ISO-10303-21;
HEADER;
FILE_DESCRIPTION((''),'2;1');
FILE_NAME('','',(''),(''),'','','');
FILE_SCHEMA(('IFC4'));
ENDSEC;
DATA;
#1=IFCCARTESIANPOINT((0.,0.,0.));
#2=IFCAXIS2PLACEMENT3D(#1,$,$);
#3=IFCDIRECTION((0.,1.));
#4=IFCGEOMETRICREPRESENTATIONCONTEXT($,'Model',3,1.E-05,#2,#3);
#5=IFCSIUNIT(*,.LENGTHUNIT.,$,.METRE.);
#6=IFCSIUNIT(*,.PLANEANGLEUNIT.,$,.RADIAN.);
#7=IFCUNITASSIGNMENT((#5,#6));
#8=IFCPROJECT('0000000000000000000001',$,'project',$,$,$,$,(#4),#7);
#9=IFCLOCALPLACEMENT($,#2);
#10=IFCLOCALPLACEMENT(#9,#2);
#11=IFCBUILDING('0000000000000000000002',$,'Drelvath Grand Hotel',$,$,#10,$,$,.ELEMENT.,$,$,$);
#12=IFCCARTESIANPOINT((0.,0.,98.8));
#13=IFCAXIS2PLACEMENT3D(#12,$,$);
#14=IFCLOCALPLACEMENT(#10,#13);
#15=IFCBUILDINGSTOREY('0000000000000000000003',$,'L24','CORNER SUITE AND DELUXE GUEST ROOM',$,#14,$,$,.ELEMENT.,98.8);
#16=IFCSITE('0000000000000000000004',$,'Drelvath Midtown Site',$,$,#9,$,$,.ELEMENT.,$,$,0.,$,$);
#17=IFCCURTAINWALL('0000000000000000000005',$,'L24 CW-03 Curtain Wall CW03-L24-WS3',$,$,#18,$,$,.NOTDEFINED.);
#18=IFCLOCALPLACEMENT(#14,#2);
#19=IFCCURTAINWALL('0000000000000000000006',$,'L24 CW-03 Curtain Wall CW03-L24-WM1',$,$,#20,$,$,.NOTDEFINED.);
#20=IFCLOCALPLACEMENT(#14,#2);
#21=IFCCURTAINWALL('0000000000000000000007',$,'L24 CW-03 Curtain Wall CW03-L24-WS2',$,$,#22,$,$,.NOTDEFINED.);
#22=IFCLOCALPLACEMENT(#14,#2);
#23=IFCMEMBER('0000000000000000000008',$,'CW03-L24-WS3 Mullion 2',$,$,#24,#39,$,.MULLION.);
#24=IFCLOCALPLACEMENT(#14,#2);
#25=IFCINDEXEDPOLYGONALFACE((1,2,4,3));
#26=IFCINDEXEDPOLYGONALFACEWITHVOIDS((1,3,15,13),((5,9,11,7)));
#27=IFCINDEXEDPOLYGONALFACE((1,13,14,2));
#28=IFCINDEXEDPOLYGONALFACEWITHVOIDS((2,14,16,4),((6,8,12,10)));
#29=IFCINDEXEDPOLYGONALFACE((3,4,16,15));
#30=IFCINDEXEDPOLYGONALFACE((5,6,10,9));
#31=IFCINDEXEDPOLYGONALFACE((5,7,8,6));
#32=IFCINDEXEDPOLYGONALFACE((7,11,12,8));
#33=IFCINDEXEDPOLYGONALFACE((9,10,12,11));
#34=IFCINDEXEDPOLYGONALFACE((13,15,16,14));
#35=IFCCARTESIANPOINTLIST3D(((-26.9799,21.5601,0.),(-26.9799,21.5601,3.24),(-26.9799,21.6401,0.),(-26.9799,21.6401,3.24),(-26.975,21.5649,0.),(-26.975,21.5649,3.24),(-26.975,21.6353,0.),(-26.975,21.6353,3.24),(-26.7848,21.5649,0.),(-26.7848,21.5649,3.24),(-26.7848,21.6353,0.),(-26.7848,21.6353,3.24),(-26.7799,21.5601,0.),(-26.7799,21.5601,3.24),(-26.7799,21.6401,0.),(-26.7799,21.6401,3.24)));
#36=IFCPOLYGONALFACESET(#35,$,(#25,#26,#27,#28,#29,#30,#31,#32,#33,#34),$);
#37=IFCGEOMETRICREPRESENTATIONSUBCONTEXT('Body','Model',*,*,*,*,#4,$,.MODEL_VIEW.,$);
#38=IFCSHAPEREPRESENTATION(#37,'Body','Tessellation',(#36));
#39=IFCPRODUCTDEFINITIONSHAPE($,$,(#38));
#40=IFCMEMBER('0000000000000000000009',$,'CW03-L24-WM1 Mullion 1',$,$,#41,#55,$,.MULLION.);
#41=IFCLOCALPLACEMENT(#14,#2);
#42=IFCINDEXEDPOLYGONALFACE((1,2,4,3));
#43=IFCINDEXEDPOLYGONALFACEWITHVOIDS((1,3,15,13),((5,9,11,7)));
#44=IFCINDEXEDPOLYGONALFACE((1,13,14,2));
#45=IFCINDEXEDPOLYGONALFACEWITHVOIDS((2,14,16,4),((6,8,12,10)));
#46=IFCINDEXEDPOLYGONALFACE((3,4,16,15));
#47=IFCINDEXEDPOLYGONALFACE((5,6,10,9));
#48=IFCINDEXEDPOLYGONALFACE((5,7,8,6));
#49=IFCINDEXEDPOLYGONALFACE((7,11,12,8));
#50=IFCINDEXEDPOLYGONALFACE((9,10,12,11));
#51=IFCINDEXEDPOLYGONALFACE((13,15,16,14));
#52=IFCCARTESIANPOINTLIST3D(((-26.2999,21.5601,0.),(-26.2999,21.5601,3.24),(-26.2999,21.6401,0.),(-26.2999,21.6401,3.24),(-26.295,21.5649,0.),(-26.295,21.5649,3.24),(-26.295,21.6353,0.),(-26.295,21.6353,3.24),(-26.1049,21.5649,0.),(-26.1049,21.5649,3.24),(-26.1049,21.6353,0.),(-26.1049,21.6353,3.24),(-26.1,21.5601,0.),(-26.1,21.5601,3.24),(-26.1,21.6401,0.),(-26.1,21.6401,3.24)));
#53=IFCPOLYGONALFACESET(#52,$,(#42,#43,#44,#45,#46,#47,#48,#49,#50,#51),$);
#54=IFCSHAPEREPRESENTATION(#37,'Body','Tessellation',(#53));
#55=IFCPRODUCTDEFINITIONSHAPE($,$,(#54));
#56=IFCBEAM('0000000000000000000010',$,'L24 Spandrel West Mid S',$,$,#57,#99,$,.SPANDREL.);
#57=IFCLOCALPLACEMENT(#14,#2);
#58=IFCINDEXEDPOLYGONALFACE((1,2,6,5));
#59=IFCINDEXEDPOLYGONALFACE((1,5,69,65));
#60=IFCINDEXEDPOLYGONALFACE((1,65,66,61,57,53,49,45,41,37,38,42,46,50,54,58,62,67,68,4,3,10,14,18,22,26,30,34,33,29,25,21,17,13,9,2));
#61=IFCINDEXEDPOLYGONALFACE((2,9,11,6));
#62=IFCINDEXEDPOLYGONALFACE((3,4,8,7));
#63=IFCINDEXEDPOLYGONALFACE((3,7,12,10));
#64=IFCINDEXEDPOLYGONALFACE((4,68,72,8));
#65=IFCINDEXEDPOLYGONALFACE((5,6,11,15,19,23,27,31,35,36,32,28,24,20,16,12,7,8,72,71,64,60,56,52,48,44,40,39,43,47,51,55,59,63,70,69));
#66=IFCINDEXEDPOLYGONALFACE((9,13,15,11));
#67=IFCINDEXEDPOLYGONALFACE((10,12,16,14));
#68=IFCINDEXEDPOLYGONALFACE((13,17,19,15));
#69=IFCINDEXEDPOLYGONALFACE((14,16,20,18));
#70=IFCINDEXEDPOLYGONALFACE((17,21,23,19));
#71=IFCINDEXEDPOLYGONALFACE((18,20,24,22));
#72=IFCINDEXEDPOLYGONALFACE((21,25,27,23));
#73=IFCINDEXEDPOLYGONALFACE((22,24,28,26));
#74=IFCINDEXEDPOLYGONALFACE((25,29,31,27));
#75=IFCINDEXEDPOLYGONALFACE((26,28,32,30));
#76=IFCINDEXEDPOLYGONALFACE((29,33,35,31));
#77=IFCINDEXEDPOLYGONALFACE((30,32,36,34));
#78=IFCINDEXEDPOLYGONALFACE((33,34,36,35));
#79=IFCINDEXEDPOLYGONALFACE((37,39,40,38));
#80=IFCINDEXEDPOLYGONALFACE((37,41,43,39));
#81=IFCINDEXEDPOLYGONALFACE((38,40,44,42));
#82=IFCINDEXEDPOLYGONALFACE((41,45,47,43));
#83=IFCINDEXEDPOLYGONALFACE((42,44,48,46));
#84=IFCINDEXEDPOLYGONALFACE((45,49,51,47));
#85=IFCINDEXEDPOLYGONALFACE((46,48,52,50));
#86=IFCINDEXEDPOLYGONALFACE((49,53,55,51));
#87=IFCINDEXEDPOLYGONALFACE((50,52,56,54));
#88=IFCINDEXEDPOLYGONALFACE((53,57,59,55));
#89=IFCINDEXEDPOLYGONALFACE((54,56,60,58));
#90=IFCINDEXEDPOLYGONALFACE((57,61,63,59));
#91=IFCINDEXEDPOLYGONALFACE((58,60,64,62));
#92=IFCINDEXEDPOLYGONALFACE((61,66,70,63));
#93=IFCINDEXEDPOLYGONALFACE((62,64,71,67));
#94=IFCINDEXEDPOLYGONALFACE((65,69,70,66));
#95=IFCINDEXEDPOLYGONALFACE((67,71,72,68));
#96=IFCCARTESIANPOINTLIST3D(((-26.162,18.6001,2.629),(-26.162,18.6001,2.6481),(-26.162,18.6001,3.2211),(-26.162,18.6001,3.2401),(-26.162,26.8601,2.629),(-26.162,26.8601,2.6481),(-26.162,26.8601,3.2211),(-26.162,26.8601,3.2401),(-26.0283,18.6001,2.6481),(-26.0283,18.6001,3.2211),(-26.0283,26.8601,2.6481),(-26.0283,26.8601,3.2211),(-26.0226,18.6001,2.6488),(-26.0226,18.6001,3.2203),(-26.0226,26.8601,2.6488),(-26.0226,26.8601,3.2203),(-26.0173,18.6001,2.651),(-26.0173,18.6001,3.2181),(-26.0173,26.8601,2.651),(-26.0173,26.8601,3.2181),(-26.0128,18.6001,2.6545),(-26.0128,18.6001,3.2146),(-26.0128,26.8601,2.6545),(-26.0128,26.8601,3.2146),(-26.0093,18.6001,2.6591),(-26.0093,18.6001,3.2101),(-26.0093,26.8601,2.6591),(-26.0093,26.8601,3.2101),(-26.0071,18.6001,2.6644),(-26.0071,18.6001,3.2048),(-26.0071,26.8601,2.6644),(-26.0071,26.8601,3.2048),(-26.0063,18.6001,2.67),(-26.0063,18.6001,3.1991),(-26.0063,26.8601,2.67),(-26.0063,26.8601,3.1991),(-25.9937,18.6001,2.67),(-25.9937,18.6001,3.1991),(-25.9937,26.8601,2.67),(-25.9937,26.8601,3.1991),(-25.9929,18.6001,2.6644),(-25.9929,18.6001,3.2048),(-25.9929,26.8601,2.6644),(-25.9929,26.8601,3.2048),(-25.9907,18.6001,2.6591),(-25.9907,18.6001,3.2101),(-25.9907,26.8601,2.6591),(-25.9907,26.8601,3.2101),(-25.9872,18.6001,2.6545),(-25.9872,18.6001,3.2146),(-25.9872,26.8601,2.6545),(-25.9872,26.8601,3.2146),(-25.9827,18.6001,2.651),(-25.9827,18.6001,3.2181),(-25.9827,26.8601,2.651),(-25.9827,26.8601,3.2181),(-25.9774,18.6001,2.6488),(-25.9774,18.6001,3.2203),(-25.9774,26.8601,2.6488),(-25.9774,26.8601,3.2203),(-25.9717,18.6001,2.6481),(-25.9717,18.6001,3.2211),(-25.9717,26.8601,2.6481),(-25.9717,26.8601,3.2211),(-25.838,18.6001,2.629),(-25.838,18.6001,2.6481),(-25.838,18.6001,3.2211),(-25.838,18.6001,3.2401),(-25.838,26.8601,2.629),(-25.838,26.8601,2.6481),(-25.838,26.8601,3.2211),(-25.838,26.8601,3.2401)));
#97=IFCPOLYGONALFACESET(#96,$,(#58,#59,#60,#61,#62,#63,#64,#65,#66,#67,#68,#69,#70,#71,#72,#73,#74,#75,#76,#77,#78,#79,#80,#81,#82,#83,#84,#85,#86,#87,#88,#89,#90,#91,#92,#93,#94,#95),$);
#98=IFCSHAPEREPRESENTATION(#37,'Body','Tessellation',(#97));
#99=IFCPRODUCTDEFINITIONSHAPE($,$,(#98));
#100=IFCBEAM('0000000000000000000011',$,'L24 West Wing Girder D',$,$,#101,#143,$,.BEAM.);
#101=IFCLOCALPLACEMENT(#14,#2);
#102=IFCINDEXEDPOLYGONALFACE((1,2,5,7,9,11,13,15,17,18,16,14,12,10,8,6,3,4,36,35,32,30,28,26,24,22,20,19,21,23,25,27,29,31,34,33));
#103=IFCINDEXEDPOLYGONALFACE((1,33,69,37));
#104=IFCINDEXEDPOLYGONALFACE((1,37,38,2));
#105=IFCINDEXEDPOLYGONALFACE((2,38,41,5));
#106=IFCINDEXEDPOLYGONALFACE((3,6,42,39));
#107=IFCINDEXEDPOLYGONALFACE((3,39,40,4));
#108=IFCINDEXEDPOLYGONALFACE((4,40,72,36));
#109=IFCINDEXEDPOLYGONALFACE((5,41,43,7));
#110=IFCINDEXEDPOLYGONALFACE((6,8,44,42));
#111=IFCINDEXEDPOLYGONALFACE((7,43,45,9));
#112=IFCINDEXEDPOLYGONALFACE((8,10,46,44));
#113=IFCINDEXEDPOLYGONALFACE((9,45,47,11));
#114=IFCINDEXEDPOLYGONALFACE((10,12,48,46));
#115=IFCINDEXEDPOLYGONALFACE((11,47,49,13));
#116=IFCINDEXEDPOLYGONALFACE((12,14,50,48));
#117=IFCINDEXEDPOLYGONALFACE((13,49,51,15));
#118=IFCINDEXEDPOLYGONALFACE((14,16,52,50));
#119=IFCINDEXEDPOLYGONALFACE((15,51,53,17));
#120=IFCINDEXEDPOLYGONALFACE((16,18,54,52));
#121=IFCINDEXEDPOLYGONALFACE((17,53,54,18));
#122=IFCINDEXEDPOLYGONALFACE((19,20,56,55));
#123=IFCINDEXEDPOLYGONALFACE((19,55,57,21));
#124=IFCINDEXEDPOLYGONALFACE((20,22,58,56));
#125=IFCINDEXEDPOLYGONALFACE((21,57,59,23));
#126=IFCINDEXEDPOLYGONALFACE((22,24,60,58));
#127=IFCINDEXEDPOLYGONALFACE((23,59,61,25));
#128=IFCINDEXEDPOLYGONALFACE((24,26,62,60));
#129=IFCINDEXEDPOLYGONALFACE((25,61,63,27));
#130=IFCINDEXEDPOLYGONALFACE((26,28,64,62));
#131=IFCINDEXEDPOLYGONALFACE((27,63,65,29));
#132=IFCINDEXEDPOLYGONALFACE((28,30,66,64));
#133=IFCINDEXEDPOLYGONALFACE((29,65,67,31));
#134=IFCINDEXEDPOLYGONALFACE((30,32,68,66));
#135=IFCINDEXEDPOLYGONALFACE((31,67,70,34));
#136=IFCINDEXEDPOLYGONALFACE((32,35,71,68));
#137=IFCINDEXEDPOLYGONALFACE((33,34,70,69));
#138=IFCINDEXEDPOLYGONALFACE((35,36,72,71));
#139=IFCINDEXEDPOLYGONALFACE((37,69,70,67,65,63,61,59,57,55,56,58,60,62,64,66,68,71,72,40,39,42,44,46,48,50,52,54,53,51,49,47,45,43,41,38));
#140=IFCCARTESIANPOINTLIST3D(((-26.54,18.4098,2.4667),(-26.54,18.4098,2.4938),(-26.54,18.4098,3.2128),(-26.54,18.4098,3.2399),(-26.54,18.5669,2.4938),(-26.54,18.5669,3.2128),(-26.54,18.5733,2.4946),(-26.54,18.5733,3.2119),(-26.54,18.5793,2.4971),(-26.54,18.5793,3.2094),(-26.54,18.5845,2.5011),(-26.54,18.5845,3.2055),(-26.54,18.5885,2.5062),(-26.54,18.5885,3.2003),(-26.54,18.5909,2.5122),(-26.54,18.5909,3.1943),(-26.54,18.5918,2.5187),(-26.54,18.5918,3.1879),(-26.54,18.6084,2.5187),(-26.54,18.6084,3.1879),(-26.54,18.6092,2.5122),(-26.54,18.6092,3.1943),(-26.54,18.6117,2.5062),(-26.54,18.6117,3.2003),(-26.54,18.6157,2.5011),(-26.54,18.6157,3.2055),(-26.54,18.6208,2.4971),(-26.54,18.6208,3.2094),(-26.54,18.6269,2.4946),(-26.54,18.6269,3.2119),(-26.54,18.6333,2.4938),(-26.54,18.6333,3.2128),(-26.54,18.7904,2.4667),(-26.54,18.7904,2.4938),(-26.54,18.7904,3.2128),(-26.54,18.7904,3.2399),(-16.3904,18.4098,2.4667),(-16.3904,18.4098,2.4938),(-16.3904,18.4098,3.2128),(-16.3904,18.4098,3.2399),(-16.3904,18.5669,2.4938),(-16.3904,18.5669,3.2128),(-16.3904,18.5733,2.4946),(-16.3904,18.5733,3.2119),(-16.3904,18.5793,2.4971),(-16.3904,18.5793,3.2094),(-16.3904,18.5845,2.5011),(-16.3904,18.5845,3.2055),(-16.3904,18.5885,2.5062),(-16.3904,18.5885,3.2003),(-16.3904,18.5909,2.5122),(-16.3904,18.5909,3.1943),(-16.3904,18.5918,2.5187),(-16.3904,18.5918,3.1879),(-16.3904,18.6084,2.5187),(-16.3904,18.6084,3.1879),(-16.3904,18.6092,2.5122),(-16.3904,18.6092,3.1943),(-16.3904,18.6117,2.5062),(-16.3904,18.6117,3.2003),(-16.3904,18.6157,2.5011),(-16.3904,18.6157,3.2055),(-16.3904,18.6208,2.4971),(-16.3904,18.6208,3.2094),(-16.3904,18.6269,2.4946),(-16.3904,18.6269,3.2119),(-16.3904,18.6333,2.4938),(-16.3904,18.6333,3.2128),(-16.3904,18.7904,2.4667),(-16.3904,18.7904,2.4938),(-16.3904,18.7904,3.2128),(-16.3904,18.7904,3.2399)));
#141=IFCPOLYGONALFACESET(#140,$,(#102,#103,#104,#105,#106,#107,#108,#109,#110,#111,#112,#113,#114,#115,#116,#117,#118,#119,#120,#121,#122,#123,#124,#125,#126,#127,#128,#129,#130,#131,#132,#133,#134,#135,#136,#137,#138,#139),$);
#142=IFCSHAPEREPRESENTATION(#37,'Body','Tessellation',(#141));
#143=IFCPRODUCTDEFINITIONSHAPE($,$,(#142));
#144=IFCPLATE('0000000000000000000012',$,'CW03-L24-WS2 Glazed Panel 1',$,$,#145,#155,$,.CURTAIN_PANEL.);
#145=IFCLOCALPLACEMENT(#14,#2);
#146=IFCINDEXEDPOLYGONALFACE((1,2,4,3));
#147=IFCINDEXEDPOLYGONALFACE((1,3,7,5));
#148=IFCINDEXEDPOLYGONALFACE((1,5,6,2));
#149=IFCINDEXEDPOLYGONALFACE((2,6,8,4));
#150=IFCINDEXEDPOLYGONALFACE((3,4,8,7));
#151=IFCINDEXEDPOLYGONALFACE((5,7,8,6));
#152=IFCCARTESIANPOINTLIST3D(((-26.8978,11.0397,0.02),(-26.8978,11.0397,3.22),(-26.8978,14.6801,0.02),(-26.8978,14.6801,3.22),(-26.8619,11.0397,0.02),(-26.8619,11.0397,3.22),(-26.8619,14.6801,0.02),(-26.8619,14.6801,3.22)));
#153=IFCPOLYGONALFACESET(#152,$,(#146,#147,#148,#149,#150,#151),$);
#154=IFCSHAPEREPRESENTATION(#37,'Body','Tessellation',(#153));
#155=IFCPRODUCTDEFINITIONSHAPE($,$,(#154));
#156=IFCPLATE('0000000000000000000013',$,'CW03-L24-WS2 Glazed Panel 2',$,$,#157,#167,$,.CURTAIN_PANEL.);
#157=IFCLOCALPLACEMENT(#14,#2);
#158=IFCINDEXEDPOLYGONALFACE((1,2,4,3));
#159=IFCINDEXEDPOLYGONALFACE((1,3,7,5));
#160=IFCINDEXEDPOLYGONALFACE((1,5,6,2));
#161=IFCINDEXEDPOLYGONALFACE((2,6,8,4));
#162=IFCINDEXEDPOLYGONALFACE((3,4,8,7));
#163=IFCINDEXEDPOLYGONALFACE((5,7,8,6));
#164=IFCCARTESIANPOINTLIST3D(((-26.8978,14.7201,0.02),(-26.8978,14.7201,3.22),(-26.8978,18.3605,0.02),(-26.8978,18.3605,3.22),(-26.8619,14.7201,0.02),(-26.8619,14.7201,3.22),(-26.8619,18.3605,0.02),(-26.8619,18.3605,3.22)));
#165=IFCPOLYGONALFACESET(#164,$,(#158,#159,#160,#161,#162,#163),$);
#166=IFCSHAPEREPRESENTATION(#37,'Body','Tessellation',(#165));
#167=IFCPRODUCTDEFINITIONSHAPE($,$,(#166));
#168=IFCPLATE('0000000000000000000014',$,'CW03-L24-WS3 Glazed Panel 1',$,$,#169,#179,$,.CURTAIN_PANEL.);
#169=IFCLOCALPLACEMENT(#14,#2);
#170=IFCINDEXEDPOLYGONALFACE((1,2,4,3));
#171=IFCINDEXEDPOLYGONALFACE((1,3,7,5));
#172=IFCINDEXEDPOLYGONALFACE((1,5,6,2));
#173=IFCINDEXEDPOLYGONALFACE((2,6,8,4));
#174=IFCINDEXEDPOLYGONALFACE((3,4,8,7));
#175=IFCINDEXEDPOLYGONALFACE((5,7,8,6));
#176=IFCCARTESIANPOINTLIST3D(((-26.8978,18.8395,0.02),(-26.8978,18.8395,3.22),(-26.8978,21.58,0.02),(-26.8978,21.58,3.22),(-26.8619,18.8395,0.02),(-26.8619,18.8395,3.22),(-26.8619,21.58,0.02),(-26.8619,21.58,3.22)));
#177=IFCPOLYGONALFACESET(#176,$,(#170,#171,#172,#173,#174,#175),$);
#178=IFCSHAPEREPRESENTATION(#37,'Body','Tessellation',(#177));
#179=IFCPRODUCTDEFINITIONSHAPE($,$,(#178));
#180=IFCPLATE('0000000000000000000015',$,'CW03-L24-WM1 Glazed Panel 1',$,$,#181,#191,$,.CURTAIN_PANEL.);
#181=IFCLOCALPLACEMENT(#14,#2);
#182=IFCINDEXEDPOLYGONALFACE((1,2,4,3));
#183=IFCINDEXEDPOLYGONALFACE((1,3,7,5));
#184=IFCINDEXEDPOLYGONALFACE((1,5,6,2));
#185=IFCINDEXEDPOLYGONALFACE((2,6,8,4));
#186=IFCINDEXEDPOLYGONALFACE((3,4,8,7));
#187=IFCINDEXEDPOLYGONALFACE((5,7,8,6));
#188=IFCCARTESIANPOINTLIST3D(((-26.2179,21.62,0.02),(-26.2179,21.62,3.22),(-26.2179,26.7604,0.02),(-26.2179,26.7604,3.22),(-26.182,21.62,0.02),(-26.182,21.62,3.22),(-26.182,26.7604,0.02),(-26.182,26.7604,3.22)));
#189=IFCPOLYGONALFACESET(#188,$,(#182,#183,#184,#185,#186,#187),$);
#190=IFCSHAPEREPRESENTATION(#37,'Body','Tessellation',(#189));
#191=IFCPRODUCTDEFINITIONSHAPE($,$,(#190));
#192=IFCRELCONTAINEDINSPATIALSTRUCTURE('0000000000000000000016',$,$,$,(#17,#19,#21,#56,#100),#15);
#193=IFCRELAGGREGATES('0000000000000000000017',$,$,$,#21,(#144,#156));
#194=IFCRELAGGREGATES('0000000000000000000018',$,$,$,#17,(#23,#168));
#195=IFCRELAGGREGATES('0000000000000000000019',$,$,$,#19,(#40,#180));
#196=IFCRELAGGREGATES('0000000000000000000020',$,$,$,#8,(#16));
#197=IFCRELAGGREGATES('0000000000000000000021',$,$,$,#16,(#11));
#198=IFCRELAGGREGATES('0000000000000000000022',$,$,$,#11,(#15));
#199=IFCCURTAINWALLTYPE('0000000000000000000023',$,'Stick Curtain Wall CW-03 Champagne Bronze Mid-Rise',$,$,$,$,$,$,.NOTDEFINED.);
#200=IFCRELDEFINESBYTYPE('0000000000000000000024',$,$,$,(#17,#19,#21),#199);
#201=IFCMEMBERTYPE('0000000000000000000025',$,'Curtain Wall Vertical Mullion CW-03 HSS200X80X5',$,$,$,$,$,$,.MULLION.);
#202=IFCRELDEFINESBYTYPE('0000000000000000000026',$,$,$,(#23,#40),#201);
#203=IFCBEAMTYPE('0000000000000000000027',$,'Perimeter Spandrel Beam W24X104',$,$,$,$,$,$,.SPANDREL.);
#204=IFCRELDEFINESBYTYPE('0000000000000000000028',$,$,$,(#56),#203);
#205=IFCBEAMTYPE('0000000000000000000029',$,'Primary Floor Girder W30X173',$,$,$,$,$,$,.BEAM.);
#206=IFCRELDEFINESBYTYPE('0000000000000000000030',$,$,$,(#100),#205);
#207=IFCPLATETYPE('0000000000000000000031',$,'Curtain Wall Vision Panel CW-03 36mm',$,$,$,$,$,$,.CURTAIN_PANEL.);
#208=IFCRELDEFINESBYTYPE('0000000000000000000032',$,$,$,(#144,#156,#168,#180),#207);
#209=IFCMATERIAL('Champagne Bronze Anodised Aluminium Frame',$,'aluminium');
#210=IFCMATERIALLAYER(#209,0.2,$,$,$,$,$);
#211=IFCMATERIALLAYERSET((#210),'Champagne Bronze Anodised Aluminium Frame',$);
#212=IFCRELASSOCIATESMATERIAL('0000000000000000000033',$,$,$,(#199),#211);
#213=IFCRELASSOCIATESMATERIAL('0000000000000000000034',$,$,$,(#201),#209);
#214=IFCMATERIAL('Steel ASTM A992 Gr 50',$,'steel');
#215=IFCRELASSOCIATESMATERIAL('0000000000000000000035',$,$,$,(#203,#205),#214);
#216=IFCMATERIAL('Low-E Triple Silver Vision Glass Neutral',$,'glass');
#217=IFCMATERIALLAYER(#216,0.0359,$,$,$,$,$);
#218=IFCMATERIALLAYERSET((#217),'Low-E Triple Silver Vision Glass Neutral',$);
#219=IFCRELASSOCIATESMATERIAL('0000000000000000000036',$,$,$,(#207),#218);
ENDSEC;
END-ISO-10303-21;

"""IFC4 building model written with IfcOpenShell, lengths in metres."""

from ifc_helpers import new_model, si_unit, direction, frame, origin, origin_2d, place, context, subcontext, project, spatial, rectangle, hollow_rectangle, i_section, extrude, material, layer, layer_set, material_profile, profile_set, type_object, element, aggregate, save


model = new_model("IFC4")

# Units and contexts
model_context = context("Model", 3, precision=1e-05, world=origin(), true_north=direction((0.0, 1.0)))
body_context = subcontext(model_context, "Body", "Model", "MODEL_VIEW")
ifc_project = project(units=[si_unit("LENGTHUNIT", "METRE"), si_unit("PLANEANGLEUNIT", "RADIAN")], contexts=[model_context])

# Site, building, storey
site_placement = place(None, origin())
site = spatial("IfcSite", under=ifc_project, at=site_placement, Name="Drelvath Midtown Site", CompositionType="ELEMENT", RefElevation=0.0)
building_placement = place(site_placement, origin())
building = spatial("IfcBuilding", under=site, at=building_placement, Name="Drelvath Grand Hotel", CompositionType="ELEMENT")
storey_placement = place(building_placement, frame((0.0, 0.0, 98.8)))
storey = spatial("IfcBuildingStorey", under=building, at=storey_placement, Name="L24", Description="CORNER SUITE AND DELUXE GUEST ROOM", CompositionType="ELEMENT", Elevation=98.8)

# Shared definitions
ifc_material_1 = material(Name="Steel ASTM A992 Gr 50", Category="steel")

# Curtain walls
ifc_material_2 = material(Name="Champagne Bronze Anodised Aluminium Frame", Category="aluminium")
ifc_layer_1 = layer(ifc_material_2, 0.2)
ifc_layer_set_1 = layer_set([ifc_layer_1], Name="Champagne Bronze Anodised Aluminium Frame")
curtain_wall_type = type_object("IfcCurtainWallType", Name="Stick Curtain Wall CW-03 Champagne Bronze Mid-Rise", PredefinedType="NOTDEFINED", material=ifc_layer_set_1)
curtain_wall_1_placement = place(storey_placement, origin())
curtain_wall_1 = element("IfcCurtainWall", 1, at=curtain_wall_1_placement, inside=storey, type_object=curtain_wall_type, Name="L24 CW-03 Curtain Wall CW03-L24-WS3", PredefinedType="NOTDEFINED")
curtain_wall_2_placement = place(storey_placement, origin())
curtain_wall_2 = element("IfcCurtainWall", 2, at=curtain_wall_2_placement, inside=storey, type_object=curtain_wall_type, Name="L24 CW-03 Curtain Wall CW03-L24-WM1", PredefinedType="NOTDEFINED")

# Curtain wall
curtain_wall_3_placement = place(storey_placement, origin())
curtain_wall_3 = element("IfcCurtainWall", 3, at=curtain_wall_3_placement, inside=storey, type_object=curtain_wall_type, Name="L24 CW-03 Curtain Wall CW03-L24-WS2", PredefinedType="NOTDEFINED")
ifc_material_profile_1 = material_profile(ifc_material_2, hollow_rectangle(XDim=0.0801, YDim=0.2, WallThickness=0.0049, at=origin_2d()), Name="HSS200X80X5")
ifc_profile_set_1 = profile_set([ifc_material_profile_1], Name="Champagne Bronze Anodised Aluminium Frame")
member_type_1 = type_object("IfcMemberType", Name="Curtain Wall Vertical Mullion CW-03 HSS200X80X5", PredefinedType="MULLION", material=ifc_profile_set_1)

# Members
member_1_placement = place(storey_placement, frame((-26.8799, 21.6001, 0.0), z_axis=(0.0, 0.0, 1.0), x_axis=(0.0, 1.0, 0.0)))
member_1 = element("IfcMember", 4, at=member_1_placement, type_object=member_type_1, Name="CW03-L24-WS3 Mullion 2", PredefinedType="MULLION", context=body_context, shape_type="SweptSolid", body=[
    extrude(hollow_rectangle(XDim=0.0801, YDim=0.2, WallThickness=0.0049, at=origin_2d()), origin(), (0.0, 0.0, 1.0), 3.24),
])
member_2_placement = place(storey_placement, frame((-26.2, 21.6001, 0.0), z_axis=(0.0, 0.0, 1.0), x_axis=(0.0, 1.0, 0.0)))
member_2 = element("IfcMember", 5, at=member_2_placement, type_object=member_type_1, Name="CW03-L24-WM1 Mullion 1", PredefinedType="MULLION", context=body_context, shape_type="SweptSolid", body=[
    extrude(hollow_rectangle(XDim=0.0801, YDim=0.2, WallThickness=0.0049, at=origin_2d()), origin(), (0.0, 0.0, 1.0), 3.24),
])

# Beams
ifc_material_profile_2 = material_profile(ifc_material_1, i_section(OverallWidth=0.324, OverallDepth=0.6111, WebThickness=0.0127, FlangeThickness=0.019, FilletRadius=0.022, at=origin_2d()), Name="W24X104")
ifc_profile_set_2 = profile_set([ifc_material_profile_2], Name="Steel ASTM A992 Gr 50")
beam_type_1 = type_object("IfcBeamType", Name="Perimeter Spandrel Beam W24X104", PredefinedType="SPANDREL", material=ifc_profile_set_2)
beam_1_placement = place(storey_placement, frame((-26.0, 18.6001, 2.9346), z_axis=(0.0, 1.0, 0.0), x_axis=(-1.0, 0.0, 0.0)))
element("IfcBeam", 6, at=beam_1_placement, inside=storey, type_object=beam_type_1, Name="L24 Spandrel West Mid S", PredefinedType="SPANDREL", context=body_context, shape_type="SweptSolid", body=[
    extrude(i_section(OverallWidth=0.324, OverallDepth=0.6111, WebThickness=0.0127, FlangeThickness=0.019, FilletRadius=0.022, at=origin_2d()), origin(), (0.0, 0.0, 1.0), 8.26),
])
ifc_material_profile_3 = material_profile(ifc_material_1, i_section(OverallWidth=0.3806, OverallDepth=0.7732, WebThickness=0.0166, FlangeThickness=0.0271, FilletRadius=0.0249, at=origin_2d()), Name="W30X173")
ifc_profile_set_3 = profile_set([ifc_material_profile_3], Name="Steel ASTM A992 Gr 50")
beam_type_2 = type_object("IfcBeamType", Name="Primary Floor Girder W30X173", PredefinedType="BEAM", material=ifc_profile_set_3)
beam_2_placement = place(storey_placement, frame((-26.54, 18.6001, 2.8533), z_axis=(1.0, 0.0, 0.0), x_axis=(0.0, 1.0, 0.0)))
element("IfcBeam", 7, at=beam_2_placement, inside=storey, type_object=beam_type_2, Name="L24 West Wing Girder D", PredefinedType="BEAM", context=body_context, shape_type="SweptSolid", body=[
    extrude(i_section(OverallWidth=0.3806, OverallDepth=0.7732, WebThickness=0.0166, FlangeThickness=0.0271, FilletRadius=0.0249, at=origin_2d()), origin(), (0.0, 0.0, 1.0), 10.1497),
])

# Plates
ifc_material_3 = material(Name="Low-E Triple Silver Vision Glass Neutral", Category="glass")
ifc_layer_2 = layer(ifc_material_3, 0.0359)
ifc_layer_set_2 = layer_set([ifc_layer_2], Name="Low-E Triple Silver Vision Glass Neutral")
plate_type = type_object("IfcPlateType", Name="Curtain Wall Vision Panel CW-03 36mm", PredefinedType="CURTAIN_PANEL", material=ifc_layer_set_2)
plate_1_placement = place(storey_placement, frame((-26.8799, 12.8599, 0.02), z_axis=(0.0, 0.0, 1.0), x_axis=(0.0, 1.0, 0.0)))
plate_1 = element("IfcPlate", 8, at=plate_1_placement, type_object=plate_type, Name="CW03-L24-WS2 Glazed Panel 1", PredefinedType="CURTAIN_PANEL", context=body_context, shape_type="SweptSolid", body=[
    extrude(rectangle(XDim=3.6404, YDim=0.0359, at=origin_2d()), origin(), (0.0, 0.0, 1.0), 3.2),
])
plate_2_placement = place(storey_placement, frame((-26.8799, 16.5403, 0.02), z_axis=(0.0, 0.0, 1.0), x_axis=(0.0, 1.0, 0.0)))
plate_2 = element("IfcPlate", 9, at=plate_2_placement, type_object=plate_type, Name="CW03-L24-WS2 Glazed Panel 2", PredefinedType="CURTAIN_PANEL", context=body_context, shape_type="SweptSolid", body=[
    extrude(rectangle(XDim=3.6404, YDim=0.0359, at=origin_2d()), origin(), (0.0, 0.0, 1.0), 3.2),
])
aggregate(curtain_wall_3, [plate_1, plate_2])
plate_3_placement = place(storey_placement, frame((-26.8799, 20.2097, 0.02), z_axis=(0.0, 0.0, 1.0), x_axis=(0.0, 1.0, 0.0)))
plate_3 = element("IfcPlate", 10, at=plate_3_placement, type_object=plate_type, Name="CW03-L24-WS3 Glazed Panel 1", PredefinedType="CURTAIN_PANEL", context=body_context, shape_type="SweptSolid", body=[
    extrude(rectangle(XDim=2.7405, YDim=0.0359, at=origin_2d()), origin(), (0.0, 0.0, 1.0), 3.2),
])
aggregate(curtain_wall_1, [member_1, plate_3])
plate_4_placement = place(storey_placement, frame((-26.2, 24.1902, 0.02), z_axis=(0.0, 0.0, 1.0), x_axis=(0.0, 1.0, 0.0)))
plate_4 = element("IfcPlate", 11, at=plate_4_placement, type_object=plate_type, Name="CW03-L24-WM1 Glazed Panel 1", PredefinedType="CURTAIN_PANEL", context=body_context, shape_type="SweptSolid", body=[
    extrude(rectangle(XDim=5.1404, YDim=0.0359, at=origin_2d()), origin(), (0.0, 0.0, 1.0), 3.2),
])
aggregate(curtain_wall_2, [member_2, plate_4])

save(model, "model.ifc")
